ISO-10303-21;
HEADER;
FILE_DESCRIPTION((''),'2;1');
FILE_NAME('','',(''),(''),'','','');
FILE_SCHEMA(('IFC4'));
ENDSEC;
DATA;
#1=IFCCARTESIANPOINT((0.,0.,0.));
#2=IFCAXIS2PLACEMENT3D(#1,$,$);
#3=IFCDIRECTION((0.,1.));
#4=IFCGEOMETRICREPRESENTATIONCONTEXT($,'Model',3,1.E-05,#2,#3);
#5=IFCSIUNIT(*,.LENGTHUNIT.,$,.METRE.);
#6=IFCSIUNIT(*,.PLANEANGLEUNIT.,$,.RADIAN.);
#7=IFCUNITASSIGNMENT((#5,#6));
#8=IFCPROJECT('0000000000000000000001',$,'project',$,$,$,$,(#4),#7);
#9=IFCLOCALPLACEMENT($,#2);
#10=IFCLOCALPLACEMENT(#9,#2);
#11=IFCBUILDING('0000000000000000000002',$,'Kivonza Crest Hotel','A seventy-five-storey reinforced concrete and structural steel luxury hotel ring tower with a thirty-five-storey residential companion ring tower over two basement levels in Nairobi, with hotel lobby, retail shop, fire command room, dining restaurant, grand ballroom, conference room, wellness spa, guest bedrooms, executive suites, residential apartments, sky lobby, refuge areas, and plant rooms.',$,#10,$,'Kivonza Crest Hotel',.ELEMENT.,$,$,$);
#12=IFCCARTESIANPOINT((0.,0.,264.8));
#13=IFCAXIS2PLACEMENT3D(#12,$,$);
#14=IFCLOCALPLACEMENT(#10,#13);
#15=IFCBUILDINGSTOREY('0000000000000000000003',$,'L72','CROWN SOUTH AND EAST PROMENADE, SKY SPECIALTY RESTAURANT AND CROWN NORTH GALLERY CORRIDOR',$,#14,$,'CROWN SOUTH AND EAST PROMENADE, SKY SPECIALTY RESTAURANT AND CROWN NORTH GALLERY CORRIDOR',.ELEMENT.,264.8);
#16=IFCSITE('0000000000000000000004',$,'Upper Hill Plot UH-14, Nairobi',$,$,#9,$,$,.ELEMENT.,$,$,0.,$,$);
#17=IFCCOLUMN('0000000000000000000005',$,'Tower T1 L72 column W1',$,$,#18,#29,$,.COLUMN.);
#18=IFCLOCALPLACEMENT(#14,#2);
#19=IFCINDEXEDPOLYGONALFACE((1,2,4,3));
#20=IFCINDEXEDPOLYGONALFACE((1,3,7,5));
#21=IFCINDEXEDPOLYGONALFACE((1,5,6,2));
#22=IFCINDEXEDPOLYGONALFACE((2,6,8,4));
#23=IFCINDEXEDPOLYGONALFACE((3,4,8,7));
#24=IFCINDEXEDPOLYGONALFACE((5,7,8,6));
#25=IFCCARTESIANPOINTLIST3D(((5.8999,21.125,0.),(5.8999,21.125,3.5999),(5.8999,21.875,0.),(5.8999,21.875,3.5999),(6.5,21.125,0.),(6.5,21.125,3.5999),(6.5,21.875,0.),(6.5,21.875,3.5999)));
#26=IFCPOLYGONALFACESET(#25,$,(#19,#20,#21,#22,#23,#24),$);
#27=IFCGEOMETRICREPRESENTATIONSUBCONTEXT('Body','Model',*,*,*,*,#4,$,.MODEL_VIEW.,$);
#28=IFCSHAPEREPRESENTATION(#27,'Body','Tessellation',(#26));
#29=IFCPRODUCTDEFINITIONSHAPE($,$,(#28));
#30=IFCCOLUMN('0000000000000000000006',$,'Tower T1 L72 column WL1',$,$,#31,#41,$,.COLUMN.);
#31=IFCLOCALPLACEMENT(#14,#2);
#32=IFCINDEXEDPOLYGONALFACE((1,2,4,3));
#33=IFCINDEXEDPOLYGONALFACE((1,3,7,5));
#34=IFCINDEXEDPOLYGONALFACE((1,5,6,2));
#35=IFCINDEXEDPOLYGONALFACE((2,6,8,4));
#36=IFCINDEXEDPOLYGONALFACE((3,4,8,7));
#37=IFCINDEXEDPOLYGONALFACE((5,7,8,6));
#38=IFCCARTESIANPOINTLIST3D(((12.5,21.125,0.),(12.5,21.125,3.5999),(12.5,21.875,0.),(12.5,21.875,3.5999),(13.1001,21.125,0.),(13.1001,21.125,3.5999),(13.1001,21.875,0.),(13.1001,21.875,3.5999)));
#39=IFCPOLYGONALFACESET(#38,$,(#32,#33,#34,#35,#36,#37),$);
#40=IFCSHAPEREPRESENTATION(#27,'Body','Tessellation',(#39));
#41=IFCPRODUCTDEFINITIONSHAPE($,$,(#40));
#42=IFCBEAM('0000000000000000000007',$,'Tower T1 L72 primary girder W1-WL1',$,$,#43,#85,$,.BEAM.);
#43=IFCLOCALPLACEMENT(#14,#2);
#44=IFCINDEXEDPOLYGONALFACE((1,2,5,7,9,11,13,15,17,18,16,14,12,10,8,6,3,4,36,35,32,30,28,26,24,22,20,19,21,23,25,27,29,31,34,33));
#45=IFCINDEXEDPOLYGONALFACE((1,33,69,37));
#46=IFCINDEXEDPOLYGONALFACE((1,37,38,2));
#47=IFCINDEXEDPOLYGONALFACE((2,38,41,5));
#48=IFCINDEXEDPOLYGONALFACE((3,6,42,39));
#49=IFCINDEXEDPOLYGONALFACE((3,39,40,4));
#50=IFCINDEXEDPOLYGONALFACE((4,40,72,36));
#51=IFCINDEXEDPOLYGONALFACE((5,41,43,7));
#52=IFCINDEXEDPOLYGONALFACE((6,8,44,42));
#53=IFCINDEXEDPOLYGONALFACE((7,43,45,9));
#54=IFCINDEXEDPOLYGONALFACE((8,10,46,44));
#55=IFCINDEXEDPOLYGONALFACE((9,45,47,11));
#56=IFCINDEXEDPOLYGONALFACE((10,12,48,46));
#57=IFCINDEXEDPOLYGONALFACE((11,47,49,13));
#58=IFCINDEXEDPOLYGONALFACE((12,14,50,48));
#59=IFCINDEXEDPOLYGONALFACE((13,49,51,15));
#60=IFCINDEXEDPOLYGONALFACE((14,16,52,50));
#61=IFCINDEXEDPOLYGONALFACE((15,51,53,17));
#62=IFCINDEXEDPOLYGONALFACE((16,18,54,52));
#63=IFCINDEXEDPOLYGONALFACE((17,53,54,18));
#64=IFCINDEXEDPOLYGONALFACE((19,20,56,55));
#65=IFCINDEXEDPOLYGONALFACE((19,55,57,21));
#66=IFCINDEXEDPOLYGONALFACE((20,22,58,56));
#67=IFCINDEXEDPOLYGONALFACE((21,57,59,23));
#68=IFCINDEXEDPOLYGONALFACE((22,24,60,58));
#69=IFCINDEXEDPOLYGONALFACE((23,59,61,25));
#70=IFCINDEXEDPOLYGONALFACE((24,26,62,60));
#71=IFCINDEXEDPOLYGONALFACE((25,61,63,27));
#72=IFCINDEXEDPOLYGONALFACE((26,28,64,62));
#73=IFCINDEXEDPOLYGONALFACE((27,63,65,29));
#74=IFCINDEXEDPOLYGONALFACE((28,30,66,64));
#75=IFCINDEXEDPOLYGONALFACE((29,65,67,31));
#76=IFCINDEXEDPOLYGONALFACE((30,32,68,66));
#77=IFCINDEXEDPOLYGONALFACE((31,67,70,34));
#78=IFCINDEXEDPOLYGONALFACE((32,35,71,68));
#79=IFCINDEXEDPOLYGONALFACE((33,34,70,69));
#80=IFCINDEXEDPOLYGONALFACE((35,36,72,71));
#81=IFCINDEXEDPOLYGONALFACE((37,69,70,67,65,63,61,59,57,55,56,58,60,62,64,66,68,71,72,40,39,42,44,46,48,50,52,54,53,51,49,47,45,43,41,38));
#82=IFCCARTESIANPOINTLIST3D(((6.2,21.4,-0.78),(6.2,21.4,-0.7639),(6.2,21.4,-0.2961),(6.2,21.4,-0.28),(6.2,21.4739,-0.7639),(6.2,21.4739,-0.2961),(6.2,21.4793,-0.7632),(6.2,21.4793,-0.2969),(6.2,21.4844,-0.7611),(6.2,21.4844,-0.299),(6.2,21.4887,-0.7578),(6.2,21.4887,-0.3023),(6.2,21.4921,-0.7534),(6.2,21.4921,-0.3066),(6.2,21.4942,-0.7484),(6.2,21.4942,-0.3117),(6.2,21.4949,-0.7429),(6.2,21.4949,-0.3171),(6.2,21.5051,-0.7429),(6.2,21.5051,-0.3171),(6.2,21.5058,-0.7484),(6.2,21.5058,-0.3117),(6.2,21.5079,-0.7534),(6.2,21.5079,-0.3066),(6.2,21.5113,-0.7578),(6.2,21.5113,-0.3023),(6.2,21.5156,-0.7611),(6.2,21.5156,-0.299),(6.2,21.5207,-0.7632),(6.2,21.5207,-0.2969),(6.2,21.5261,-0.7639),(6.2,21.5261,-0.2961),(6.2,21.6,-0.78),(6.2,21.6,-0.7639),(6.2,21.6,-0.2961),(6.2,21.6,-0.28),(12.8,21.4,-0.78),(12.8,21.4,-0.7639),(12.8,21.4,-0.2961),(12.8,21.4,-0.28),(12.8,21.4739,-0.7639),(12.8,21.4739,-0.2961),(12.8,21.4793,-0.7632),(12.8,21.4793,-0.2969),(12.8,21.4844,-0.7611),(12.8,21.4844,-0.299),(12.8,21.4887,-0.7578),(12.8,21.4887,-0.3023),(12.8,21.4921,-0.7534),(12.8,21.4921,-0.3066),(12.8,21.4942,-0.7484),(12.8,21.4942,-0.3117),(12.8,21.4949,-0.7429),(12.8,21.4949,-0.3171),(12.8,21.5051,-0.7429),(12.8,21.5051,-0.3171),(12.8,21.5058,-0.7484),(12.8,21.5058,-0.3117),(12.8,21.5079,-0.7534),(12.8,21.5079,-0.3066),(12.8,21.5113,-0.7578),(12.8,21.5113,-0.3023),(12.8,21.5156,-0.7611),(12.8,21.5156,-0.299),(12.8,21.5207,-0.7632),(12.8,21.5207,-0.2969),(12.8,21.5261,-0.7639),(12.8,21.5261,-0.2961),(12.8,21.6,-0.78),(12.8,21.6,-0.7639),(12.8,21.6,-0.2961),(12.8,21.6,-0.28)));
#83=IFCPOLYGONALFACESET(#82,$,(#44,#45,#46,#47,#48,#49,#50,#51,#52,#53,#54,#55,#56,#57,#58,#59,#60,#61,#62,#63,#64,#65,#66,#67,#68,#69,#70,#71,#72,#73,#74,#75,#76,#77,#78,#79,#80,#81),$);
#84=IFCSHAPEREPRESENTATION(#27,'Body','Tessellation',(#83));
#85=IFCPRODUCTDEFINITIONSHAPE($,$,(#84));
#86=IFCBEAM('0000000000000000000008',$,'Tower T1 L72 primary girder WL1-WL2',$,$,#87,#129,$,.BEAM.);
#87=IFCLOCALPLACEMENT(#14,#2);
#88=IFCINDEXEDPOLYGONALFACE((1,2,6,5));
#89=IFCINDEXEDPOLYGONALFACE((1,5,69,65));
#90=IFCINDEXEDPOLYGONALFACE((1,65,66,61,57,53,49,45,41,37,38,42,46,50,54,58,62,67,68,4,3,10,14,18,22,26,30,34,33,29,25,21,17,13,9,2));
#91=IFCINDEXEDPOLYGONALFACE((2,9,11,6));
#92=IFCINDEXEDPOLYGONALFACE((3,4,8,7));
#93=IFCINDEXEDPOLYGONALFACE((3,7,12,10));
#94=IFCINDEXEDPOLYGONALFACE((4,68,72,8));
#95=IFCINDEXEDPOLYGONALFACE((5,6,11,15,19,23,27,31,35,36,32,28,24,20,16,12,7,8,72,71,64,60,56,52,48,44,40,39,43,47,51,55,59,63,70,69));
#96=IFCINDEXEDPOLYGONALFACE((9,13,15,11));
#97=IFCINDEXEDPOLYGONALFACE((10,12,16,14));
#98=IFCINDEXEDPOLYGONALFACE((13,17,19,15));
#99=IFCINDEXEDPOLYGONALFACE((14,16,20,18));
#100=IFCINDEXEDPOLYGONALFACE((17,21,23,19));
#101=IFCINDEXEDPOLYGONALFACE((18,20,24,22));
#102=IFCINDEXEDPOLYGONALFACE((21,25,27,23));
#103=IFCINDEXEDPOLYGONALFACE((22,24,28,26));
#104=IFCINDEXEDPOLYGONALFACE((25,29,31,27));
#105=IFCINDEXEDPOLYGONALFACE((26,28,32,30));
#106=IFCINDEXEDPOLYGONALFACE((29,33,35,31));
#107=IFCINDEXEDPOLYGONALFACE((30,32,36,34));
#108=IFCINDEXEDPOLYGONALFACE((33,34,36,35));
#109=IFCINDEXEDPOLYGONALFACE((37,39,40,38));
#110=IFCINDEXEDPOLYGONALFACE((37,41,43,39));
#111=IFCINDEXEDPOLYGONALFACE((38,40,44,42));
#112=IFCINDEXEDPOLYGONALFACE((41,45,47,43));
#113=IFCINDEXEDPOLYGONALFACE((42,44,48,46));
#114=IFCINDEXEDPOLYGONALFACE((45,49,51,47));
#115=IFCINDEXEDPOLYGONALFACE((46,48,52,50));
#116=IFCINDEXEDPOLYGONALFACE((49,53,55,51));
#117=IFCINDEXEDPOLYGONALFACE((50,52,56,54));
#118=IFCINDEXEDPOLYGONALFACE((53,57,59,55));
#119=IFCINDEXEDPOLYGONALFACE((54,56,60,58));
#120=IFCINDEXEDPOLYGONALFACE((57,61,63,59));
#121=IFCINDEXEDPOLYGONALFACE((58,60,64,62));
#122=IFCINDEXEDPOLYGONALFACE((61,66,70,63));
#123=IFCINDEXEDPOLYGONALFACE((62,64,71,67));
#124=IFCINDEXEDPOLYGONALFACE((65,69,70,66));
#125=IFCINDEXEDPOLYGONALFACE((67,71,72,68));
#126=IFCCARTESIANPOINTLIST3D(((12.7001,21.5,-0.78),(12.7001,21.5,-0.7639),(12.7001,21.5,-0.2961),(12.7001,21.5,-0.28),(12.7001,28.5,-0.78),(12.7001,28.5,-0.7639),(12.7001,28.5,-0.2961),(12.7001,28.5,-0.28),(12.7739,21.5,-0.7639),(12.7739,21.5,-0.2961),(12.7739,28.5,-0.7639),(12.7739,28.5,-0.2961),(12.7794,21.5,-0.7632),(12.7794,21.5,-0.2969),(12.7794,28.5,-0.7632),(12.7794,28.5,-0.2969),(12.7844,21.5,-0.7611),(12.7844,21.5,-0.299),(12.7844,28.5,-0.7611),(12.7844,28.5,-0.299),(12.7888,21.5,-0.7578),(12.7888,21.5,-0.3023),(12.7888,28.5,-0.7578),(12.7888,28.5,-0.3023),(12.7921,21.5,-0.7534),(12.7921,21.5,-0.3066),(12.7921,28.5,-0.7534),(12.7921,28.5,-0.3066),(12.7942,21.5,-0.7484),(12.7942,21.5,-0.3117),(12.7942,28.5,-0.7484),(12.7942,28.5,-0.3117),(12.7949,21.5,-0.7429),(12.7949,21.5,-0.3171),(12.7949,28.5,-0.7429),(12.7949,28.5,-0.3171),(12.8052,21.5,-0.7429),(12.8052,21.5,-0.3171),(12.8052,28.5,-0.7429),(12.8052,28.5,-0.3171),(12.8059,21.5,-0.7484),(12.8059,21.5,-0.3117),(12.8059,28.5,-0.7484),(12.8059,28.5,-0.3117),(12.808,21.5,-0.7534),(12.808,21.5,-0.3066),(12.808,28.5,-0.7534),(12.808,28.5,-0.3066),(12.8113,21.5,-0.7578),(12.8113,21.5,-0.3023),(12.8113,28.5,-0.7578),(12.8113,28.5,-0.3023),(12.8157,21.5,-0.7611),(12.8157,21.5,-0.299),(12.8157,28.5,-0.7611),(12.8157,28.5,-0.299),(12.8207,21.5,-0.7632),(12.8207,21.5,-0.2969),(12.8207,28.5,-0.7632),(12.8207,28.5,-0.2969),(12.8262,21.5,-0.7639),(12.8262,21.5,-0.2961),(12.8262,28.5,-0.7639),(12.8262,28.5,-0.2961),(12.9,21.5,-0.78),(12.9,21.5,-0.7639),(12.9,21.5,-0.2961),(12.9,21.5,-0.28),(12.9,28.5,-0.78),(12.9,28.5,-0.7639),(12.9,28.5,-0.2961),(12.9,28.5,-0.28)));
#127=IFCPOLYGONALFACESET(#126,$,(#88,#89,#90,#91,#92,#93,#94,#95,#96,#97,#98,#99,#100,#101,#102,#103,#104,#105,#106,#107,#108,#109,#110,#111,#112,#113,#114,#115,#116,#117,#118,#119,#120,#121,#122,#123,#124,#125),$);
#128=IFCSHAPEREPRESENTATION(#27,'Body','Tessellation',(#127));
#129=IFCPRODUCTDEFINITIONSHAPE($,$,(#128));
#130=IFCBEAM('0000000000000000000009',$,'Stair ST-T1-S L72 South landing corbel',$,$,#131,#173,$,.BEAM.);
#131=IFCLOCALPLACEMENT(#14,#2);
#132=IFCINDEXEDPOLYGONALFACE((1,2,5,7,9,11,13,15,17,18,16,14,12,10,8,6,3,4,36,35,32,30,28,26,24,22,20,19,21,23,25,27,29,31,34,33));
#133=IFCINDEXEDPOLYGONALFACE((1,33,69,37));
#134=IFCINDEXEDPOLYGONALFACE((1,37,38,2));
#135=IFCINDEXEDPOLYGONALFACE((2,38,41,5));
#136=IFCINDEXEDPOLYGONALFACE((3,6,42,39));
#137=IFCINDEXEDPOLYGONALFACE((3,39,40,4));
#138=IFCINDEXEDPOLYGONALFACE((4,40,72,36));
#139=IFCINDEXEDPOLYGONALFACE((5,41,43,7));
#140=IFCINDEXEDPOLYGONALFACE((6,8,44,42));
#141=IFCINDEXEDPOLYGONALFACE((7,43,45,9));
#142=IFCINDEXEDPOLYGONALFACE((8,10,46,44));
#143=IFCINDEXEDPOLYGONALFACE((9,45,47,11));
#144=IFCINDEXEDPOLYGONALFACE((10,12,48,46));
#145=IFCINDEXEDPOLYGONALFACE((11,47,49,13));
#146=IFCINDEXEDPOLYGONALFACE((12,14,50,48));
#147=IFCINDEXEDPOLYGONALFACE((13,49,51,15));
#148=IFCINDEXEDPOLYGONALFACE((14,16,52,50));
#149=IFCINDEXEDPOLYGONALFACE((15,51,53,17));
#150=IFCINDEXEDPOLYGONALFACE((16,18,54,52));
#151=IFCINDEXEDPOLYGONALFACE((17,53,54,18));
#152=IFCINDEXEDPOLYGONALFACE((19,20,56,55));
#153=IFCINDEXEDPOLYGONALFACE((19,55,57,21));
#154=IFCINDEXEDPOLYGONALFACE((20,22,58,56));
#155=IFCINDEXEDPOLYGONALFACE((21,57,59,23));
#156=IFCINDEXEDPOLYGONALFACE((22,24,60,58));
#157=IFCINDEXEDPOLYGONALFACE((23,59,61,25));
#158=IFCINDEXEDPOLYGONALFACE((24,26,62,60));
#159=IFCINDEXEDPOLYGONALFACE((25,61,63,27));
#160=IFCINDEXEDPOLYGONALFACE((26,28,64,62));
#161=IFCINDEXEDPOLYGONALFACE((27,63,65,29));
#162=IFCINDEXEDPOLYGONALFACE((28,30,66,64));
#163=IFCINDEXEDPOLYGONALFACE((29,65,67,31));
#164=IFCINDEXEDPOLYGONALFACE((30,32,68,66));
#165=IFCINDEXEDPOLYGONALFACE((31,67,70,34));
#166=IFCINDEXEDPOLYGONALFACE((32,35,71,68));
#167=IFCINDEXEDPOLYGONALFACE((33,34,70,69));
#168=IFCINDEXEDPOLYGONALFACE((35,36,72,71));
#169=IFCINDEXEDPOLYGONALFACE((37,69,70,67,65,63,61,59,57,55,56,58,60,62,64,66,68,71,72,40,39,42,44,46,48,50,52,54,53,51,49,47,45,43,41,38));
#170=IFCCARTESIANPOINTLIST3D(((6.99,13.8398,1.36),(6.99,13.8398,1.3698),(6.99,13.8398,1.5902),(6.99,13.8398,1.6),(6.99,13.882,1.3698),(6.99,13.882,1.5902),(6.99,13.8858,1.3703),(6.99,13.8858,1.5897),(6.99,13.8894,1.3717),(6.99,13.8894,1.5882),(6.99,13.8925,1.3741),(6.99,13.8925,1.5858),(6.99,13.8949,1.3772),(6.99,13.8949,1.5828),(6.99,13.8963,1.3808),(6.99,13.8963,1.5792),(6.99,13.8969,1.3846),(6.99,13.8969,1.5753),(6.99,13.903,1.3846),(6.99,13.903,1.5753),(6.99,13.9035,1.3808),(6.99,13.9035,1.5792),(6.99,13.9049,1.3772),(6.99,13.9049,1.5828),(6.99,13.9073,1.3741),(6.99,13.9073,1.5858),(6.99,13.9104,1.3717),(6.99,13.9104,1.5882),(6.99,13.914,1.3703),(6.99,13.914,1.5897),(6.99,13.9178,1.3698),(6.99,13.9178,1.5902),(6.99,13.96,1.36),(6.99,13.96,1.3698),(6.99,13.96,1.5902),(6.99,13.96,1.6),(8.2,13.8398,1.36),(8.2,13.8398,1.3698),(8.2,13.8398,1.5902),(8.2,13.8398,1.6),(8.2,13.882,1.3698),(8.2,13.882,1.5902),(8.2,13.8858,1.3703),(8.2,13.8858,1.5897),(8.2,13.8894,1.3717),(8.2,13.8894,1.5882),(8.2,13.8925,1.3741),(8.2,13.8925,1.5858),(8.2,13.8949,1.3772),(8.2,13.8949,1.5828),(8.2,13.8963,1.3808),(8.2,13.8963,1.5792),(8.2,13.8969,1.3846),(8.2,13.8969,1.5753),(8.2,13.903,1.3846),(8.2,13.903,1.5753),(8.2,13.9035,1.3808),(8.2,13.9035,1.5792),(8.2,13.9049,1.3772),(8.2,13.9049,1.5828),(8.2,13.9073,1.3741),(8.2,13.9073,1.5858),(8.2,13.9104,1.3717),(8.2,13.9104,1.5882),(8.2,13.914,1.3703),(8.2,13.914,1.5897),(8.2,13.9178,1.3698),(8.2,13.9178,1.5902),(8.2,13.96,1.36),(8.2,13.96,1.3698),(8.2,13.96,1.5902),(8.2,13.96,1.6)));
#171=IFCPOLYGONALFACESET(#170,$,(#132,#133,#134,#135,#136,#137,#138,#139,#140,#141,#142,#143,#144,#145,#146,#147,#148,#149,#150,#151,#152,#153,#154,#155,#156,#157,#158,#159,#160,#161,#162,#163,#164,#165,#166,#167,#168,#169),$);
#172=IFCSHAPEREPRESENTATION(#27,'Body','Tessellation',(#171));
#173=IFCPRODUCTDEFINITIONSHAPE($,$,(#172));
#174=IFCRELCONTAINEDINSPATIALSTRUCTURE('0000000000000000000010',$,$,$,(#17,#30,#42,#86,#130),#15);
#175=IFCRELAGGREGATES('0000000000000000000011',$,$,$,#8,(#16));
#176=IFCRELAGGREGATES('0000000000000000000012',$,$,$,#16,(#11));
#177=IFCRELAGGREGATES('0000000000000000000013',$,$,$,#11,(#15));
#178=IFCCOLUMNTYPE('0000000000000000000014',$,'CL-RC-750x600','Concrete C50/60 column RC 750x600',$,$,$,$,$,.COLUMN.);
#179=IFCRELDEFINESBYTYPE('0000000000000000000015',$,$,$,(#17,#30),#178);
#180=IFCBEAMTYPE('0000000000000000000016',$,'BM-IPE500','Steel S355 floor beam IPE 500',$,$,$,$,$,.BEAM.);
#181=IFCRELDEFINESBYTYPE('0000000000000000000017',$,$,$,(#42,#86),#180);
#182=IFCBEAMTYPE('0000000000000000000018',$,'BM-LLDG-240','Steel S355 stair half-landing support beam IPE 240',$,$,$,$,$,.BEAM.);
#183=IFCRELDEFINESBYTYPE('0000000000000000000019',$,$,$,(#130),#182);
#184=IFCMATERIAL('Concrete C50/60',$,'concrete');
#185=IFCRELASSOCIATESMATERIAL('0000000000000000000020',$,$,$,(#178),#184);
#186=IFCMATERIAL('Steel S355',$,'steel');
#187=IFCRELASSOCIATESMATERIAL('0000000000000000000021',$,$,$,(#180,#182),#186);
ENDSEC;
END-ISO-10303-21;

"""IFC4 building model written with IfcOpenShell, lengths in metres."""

from ifc_helpers import new_model, si_unit, direction, frame, origin, origin_2d, place, context, subcontext, project, spatial, rectangle, i_section, extrude, material, material_profile, profile_set, type_object, element, save


model = new_model("IFC4")

# Units and contexts
model_context = context("Model", 3, precision=1e-05, world=origin(), true_north=direction((0.0, 1.0)))
body_context = subcontext(model_context, "Body", "Model", "MODEL_VIEW")
ifc_project = project(units=[si_unit("LENGTHUNIT", "METRE"), si_unit("PLANEANGLEUNIT", "RADIAN")], contexts=[model_context])

# Site, building, storey
site_placement = place(None, origin())
site = spatial("IfcSite", under=ifc_project, at=site_placement, Name="Upper Hill Plot UH-14, Nairobi", CompositionType="ELEMENT", RefElevation=0.0)
building_placement = place(site_placement, origin())
building = spatial("IfcBuilding", under=site, at=building_placement, Name="Kivonza Crest Hotel", Description="A seventy-five-storey reinforced concrete and structural steel luxury hotel ring tower with a thirty-five-storey residential companion ring tower over two basement levels in Nairobi, with hotel lobby, retail shop, fire command room, dining restaurant, grand ballroom, conference room, wellness spa, guest bedrooms, executive suites, residential apartments, sky lobby, refuge areas, and plant rooms.", LongName="Kivonza Crest Hotel", CompositionType="ELEMENT")
storey_placement = place(building_placement, frame((0.0, 0.0, 264.8)))
storey = spatial("IfcBuildingStorey", under=building, at=storey_placement, Name="L72", Description="CROWN SOUTH AND EAST PROMENADE, SKY SPECIALTY RESTAURANT AND CROWN NORTH GALLERY CORRIDOR", LongName="CROWN SOUTH AND EAST PROMENADE, SKY SPECIALTY RESTAURANT AND CROWN NORTH GALLERY CORRIDOR", CompositionType="ELEMENT", Elevation=264.8)

# Columns
ifc_material_1 = material(Name="Concrete C50/60", Category="concrete")
ifc_material_profile_1 = material_profile(ifc_material_1, rectangle(XDim=0.6001, YDim=0.75, at=origin_2d()), Name="RC 750x600")
ifc_profile_set_1 = profile_set([ifc_material_profile_1], Name="Concrete C50/60")
column_type = type_object("IfcColumnType", Name="CL-RC-750x600", Description="Concrete C50/60 column RC 750x600", PredefinedType="COLUMN", material=ifc_profile_set_1)
for number, where, z_axis, x_axis, name in (
    (1, (6.2, 21.5, 0.0), (0.0, 0.0, 1.0), (1.0, 0.0, 0.0), "Tower T1 L72 column W1"),
    (2, (12.8, 21.5, 0.0), (0.0, 0.0, 1.0), (1.0, 0.0, 0.0), "Tower T1 L72 column WL1"),
):
    element("IfcColumn", number, at=place(storey_placement, frame(where, z_axis=z_axis, x_axis=x_axis)), inside=storey, type_object=column_type, Name=name, PredefinedType="COLUMN", context=body_context, shape_type="SweptSolid", body=[
        extrude(rectangle(XDim=0.6001, YDim=0.75, at=origin_2d()), origin(), (0.0, 0.0, 1.0), 3.5999),
    ])

# Beams
ifc_material_2 = material(Name="Steel S355", Category="steel")
ifc_material_profile_2 = material_profile(ifc_material_2, i_section(OverallWidth=0.2, OverallDepth=0.5, WebThickness=0.0103, FlangeThickness=0.0161, FilletRadius=0.021, at=origin_2d()), Name="IPE 500")
ifc_profile_set_2 = profile_set([ifc_material_profile_2], Name="Steel S355")
beam_type_1 = type_object("IfcBeamType", Name="BM-IPE500", Description="Steel S355 floor beam IPE 500", PredefinedType="BEAM", material=ifc_profile_set_2)
beam_1_placement = place(storey_placement, frame((6.2, 21.5, -0.53), z_axis=(1.0, 0.0, 0.0), x_axis=(0.0, 1.0, 0.0)))
element("IfcBeam", 3, at=beam_1_placement, inside=storey, type_object=beam_type_1, Name="Tower T1 L72 primary girder W1-WL1", PredefinedType="BEAM", context=body_context, shape_type="SweptSolid", body=[
    extrude(i_section(OverallWidth=0.2, OverallDepth=0.5, WebThickness=0.0103, FlangeThickness=0.0161, FilletRadius=0.021, at=origin_2d()), origin(), (0.0, 0.0, 1.0), 6.6001),
])
beam_2_placement = place(storey_placement, frame((12.8, 21.5, -0.53), z_axis=(0.0, 1.0, 0.0), x_axis=(-1.0, 0.0, 0.0)))
element("IfcBeam", 4, at=beam_2_placement, inside=storey, type_object=beam_type_1, Name="Tower T1 L72 primary girder WL1-WL2", PredefinedType="BEAM", context=body_context, shape_type="SweptSolid", body=[
    extrude(i_section(OverallWidth=0.2, OverallDepth=0.5, WebThickness=0.0103, FlangeThickness=0.0161, FilletRadius=0.021, at=origin_2d()), origin(), (0.0, 0.0, 1.0), 7.0),
])
ifc_material_profile_3 = material_profile(ifc_material_2, i_section(OverallWidth=0.1201, OverallDepth=0.24, WebThickness=0.0061, FlangeThickness=0.0098, FilletRadius=0.0149, at=origin_2d()), Name="IPE 240")
ifc_profile_set_3 = profile_set([ifc_material_profile_3], Name="Steel S355")
beam_type_2 = type_object("IfcBeamType", Name="BM-LLDG-240", Description="Steel S355 stair half-landing support beam IPE 240", PredefinedType="BEAM", material=ifc_profile_set_3)
for number, where, z_axis, x_axis, name in (
    (5, (6.99, 13.8999, 1.48), (1.0, 0.0, 0.0), (0.0, 1.0, 0.0), "Stair ST-T1-S L72 South landing corbel"),
):
    element("IfcBeam", number, at=place(storey_placement, frame(where, z_axis=z_axis, x_axis=x_axis)), inside=storey, type_object=beam_type_2, Name=name, PredefinedType="BEAM", context=body_context, shape_type="SweptSolid", body=[
        extrude(i_section(OverallWidth=0.1201, OverallDepth=0.24, WebThickness=0.0061, FlangeThickness=0.0098, FilletRadius=0.0149, at=origin_2d()), origin(), (0.0, 0.0, 1.0), 1.21),
    ])

save(model, "model.ifc")
